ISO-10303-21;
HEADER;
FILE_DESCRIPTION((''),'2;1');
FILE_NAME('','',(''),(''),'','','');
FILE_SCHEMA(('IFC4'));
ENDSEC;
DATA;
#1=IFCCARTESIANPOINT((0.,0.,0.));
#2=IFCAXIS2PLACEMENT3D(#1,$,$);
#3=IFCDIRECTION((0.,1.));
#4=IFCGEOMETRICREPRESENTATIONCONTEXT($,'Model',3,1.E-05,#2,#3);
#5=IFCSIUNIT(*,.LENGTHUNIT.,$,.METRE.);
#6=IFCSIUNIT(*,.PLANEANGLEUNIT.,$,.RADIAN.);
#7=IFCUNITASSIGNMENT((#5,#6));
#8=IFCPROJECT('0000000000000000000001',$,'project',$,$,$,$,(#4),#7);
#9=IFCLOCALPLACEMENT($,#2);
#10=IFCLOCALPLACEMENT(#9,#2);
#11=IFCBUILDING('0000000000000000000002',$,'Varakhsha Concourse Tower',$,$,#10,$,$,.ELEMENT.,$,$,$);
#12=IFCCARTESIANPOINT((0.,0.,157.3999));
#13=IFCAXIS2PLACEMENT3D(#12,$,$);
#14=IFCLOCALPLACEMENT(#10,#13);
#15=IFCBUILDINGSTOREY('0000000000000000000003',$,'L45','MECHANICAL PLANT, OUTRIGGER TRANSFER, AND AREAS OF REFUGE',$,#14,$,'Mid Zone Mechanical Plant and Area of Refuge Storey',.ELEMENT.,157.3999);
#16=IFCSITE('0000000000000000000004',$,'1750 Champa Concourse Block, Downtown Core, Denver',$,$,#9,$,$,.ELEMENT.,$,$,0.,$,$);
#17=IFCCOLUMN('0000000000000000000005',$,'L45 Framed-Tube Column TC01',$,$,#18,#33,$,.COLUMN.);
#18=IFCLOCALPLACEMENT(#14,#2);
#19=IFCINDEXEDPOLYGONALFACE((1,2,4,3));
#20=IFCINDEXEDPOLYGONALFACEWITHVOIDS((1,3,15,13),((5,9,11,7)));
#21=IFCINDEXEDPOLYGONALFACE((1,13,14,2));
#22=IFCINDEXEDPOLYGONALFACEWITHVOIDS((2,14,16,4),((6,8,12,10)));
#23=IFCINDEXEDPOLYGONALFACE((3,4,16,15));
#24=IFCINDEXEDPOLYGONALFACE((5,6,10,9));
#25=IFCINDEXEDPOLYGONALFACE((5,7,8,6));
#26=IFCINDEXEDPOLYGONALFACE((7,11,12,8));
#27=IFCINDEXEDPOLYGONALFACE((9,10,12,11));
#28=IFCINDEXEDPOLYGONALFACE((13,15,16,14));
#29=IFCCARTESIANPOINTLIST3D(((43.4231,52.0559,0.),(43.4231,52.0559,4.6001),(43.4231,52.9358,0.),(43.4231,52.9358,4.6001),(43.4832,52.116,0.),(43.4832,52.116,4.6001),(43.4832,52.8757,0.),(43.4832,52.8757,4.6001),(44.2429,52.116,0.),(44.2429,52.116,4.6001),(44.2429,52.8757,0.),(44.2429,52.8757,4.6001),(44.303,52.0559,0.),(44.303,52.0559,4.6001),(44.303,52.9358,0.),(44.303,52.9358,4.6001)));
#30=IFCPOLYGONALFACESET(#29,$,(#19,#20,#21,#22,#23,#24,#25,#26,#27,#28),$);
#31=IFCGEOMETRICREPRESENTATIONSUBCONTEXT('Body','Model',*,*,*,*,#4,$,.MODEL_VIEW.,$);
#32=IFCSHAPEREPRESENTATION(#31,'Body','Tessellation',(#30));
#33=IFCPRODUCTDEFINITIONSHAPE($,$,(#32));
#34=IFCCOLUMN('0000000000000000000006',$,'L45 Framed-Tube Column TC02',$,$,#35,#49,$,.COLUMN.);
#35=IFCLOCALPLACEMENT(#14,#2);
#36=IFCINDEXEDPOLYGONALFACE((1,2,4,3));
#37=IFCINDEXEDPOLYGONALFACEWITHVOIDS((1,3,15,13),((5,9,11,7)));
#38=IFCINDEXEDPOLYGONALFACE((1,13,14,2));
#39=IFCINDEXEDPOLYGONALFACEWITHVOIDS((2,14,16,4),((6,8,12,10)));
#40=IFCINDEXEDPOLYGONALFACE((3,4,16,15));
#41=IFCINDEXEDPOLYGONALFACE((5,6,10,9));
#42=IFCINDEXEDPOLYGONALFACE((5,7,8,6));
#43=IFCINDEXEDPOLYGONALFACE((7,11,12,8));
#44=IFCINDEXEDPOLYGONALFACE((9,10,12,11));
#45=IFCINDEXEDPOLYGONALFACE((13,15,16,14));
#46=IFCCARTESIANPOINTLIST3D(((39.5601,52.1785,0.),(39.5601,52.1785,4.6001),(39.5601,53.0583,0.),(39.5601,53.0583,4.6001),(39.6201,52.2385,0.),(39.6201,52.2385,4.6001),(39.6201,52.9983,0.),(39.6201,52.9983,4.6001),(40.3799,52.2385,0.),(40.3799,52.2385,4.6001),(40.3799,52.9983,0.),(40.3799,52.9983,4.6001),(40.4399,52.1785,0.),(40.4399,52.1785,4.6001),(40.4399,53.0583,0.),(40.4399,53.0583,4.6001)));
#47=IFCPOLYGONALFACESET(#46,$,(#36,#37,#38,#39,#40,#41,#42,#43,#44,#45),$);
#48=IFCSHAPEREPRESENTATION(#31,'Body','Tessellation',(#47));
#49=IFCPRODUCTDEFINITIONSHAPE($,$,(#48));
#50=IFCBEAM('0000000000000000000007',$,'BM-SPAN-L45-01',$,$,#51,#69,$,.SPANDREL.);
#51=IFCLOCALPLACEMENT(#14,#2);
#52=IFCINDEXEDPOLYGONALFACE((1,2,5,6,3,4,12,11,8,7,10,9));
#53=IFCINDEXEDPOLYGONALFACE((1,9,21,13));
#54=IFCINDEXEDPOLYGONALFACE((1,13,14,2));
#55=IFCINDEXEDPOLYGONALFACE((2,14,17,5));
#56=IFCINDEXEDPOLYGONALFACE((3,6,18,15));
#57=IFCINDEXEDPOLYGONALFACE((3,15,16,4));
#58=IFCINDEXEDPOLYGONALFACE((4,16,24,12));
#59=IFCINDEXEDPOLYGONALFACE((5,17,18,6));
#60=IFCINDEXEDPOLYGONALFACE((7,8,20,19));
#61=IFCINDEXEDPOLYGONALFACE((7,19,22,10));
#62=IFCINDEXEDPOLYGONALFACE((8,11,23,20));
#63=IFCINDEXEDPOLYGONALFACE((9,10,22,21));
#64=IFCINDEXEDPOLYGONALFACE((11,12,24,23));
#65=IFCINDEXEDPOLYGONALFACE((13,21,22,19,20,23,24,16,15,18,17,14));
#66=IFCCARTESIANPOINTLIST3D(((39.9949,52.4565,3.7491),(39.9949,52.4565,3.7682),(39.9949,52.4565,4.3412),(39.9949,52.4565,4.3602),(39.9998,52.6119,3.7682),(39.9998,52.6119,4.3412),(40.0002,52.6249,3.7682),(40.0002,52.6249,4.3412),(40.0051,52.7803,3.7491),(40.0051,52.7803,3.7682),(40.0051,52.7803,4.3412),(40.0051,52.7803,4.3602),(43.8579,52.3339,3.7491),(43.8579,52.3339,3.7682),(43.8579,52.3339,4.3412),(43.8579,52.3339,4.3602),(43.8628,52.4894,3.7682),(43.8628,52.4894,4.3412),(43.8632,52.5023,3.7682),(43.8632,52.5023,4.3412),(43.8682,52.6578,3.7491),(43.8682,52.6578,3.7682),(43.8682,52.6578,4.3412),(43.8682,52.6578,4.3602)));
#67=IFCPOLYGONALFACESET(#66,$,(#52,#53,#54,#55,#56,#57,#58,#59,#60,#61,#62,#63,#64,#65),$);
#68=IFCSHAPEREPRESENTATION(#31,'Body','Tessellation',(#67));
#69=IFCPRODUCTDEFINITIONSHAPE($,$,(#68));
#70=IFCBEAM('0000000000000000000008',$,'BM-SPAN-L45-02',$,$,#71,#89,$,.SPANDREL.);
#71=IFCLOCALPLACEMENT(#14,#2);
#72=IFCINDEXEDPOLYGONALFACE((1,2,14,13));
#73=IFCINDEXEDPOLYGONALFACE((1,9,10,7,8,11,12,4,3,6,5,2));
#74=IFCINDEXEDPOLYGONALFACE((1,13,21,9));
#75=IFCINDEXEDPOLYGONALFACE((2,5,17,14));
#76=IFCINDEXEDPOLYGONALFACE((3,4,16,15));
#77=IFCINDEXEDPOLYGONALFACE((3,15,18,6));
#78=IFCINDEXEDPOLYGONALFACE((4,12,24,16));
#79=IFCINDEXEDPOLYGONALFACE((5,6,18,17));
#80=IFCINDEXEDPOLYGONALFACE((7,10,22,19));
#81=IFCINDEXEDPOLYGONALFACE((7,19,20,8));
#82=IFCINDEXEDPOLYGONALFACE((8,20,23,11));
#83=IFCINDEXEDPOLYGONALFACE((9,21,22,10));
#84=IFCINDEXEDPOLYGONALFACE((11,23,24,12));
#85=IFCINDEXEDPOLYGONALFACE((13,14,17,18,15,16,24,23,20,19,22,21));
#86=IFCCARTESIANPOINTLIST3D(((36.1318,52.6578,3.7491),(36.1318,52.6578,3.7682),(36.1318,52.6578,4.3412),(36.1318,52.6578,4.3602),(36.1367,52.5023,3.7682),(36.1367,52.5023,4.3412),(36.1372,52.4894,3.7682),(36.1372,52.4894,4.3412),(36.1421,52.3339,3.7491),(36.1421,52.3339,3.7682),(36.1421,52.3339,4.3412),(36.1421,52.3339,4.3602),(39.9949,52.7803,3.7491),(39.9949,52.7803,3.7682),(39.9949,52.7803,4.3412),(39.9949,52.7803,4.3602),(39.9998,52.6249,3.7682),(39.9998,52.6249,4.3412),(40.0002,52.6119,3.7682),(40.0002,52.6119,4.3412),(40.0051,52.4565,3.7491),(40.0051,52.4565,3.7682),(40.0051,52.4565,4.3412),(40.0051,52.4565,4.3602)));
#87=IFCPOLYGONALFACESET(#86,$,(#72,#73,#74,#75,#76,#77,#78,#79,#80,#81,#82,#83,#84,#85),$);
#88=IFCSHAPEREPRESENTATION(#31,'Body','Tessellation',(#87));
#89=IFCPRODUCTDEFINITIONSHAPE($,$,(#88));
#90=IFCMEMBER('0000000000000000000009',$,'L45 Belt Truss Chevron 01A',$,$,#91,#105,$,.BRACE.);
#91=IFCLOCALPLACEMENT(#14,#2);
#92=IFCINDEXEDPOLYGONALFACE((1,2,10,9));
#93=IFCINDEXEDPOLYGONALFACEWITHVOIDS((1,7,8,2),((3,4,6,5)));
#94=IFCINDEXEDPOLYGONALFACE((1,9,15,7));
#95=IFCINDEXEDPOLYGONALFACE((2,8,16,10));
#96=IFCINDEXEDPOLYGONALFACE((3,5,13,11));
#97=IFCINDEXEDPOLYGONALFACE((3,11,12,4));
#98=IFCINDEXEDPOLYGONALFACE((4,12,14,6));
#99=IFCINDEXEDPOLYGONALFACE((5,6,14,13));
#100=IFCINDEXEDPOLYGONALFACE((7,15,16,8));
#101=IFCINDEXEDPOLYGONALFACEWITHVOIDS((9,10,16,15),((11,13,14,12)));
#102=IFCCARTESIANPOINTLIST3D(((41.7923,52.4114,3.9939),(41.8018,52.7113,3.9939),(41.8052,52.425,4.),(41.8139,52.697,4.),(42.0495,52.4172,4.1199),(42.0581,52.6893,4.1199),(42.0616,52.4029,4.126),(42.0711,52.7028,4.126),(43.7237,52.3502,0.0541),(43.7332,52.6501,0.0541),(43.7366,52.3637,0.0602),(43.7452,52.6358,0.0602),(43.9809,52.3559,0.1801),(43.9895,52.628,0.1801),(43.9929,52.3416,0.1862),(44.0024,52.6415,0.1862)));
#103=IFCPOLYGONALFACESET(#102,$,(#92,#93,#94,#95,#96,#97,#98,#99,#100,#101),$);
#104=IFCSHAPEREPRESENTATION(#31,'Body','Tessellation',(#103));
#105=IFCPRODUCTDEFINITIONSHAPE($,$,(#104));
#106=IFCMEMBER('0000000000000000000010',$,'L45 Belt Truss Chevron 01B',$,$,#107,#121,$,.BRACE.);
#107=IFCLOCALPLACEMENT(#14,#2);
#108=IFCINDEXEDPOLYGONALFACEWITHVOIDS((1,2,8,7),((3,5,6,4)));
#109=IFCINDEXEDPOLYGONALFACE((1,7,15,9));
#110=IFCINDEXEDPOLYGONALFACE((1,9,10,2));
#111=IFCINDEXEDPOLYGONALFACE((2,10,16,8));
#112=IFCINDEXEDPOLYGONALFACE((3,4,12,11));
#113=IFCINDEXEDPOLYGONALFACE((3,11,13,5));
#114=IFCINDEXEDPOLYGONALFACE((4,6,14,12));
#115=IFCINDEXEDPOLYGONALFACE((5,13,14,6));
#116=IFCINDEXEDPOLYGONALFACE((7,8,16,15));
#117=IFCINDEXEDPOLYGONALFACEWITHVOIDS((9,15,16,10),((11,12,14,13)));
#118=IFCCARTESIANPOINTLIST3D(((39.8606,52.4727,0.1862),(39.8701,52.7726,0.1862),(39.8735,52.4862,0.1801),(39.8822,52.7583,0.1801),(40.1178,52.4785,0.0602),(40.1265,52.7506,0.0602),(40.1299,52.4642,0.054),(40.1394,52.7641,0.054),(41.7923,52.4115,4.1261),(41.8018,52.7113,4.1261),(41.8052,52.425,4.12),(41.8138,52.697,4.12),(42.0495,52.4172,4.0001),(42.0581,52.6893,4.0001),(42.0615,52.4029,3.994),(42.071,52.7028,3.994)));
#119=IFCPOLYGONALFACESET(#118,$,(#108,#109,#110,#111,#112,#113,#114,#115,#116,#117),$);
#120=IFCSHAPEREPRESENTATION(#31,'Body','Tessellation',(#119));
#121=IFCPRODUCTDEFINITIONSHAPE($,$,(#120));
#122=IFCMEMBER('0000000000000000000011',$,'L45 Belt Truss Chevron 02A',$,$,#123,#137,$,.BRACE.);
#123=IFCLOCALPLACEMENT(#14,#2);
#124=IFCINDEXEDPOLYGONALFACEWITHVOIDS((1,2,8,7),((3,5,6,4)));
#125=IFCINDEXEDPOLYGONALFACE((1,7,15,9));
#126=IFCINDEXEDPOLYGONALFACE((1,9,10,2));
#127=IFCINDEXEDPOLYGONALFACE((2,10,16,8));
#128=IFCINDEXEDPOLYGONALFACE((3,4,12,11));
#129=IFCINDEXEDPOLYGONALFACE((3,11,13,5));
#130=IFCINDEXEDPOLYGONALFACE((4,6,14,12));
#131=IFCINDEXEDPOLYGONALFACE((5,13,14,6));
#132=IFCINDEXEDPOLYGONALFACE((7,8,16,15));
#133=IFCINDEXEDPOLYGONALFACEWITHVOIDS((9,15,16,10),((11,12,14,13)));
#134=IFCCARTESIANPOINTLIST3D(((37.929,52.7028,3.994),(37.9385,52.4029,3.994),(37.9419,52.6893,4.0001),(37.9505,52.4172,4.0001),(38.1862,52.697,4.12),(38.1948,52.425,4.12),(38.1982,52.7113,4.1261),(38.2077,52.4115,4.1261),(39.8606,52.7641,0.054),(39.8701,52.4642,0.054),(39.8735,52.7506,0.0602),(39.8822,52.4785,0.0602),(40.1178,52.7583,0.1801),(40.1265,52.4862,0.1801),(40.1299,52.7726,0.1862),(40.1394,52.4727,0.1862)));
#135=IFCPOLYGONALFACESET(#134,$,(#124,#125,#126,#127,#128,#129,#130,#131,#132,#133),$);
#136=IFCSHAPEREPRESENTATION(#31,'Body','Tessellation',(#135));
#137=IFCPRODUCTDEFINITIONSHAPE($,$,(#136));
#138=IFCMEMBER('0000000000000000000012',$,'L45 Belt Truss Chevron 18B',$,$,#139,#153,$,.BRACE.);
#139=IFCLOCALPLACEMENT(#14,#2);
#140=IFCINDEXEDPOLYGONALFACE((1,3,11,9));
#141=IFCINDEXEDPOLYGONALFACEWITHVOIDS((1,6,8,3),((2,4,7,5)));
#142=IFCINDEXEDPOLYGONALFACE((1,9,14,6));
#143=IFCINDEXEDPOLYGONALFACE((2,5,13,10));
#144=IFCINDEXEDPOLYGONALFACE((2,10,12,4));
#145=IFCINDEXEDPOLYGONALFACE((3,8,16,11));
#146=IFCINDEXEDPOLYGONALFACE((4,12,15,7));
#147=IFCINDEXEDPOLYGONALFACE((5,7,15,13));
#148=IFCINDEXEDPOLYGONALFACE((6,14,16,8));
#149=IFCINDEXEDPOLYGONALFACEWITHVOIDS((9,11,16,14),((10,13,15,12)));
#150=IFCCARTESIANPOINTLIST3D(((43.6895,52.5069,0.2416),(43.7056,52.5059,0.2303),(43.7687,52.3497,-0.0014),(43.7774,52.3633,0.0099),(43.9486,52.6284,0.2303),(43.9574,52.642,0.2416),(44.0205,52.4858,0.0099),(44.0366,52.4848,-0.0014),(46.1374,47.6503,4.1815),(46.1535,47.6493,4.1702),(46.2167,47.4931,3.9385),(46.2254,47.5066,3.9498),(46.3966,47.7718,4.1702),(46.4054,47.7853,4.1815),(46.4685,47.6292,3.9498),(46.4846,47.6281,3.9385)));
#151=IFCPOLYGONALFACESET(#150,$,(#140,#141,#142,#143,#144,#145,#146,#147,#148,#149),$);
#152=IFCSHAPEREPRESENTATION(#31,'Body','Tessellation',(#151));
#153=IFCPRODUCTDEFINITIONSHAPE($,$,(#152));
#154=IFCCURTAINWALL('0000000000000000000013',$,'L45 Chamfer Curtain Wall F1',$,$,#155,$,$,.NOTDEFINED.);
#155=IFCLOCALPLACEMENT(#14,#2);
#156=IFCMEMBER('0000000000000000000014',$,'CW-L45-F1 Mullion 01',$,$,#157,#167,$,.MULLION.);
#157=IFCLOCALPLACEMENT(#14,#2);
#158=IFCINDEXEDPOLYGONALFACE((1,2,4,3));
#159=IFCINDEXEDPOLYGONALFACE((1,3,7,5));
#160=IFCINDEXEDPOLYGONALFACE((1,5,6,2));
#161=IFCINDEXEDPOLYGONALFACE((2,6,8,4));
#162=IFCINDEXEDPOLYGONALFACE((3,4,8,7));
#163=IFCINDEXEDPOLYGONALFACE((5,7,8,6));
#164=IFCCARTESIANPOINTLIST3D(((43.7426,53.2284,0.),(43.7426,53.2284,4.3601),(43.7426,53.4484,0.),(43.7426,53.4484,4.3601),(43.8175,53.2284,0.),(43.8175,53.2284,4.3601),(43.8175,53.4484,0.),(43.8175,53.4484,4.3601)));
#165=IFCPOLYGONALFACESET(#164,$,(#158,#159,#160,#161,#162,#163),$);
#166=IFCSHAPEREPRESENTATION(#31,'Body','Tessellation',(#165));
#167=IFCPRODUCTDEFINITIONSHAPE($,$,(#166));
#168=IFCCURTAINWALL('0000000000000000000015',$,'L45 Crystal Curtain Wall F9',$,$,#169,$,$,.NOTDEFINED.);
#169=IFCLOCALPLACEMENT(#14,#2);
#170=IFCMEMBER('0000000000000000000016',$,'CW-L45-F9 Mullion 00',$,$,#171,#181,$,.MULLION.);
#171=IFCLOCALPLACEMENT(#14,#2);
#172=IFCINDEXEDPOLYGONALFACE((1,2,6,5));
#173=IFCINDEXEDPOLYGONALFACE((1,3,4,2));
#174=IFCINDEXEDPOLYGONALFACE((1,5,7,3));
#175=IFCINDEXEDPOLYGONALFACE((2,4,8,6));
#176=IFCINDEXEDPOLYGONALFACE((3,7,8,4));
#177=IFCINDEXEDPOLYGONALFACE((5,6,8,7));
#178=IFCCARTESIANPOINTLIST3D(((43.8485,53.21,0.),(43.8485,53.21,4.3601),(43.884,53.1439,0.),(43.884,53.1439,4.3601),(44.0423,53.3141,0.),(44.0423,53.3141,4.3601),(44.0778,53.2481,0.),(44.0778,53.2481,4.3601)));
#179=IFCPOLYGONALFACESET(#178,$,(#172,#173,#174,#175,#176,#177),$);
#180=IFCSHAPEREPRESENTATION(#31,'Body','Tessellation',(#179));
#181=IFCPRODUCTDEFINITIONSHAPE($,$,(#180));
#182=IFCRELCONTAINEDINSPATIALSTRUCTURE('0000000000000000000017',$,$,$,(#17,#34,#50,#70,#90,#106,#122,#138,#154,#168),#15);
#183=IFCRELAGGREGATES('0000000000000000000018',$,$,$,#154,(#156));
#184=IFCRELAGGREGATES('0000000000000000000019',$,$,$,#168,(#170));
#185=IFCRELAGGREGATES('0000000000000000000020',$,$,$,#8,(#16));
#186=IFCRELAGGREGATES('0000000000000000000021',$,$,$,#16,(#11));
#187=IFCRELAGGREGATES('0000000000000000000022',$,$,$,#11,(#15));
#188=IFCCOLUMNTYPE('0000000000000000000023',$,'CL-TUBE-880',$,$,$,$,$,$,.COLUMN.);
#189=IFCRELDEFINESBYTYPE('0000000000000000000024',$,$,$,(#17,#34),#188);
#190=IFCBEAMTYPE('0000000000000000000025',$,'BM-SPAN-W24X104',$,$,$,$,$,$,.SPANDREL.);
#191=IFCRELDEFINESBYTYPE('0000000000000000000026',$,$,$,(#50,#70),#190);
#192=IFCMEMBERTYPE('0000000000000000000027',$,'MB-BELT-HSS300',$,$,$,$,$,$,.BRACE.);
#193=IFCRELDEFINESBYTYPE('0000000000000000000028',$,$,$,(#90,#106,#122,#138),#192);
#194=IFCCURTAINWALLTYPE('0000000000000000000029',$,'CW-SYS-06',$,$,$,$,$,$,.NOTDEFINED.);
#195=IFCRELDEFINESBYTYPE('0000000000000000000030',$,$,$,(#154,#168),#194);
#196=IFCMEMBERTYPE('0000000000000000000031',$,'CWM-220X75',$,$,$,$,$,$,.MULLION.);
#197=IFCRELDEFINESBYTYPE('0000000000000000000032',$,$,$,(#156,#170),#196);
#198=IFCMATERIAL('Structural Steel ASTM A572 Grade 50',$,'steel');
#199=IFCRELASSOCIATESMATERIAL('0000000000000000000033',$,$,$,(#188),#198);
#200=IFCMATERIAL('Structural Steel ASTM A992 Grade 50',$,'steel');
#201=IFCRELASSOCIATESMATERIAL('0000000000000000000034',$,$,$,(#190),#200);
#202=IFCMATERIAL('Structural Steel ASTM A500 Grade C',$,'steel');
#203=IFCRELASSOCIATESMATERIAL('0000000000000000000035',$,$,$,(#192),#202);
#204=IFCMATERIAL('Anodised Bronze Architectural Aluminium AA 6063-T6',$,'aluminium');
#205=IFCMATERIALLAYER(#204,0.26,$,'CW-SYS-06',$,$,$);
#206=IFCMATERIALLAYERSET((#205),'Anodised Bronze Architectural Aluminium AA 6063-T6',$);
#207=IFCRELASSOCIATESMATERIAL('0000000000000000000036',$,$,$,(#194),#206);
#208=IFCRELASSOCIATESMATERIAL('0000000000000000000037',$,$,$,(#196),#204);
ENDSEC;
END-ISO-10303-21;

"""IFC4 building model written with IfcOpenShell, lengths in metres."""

from ifc_helpers import new_model, si_unit, direction, frame, origin, origin_2d, place, context, subcontext, project, spatial, rectangle, hollow_rectangle, i_section, extrude, source, transform, mapped, material, layer, layer_set, material_profile, profile_set, type_object, type_shapes, element, aggregate, save


model = new_model("IFC4")

# Units and contexts
model_context = context("Model", 3, precision=1e-05, world=origin(), true_north=direction((0.0, 1.0)))
body_context = subcontext(model_context, "Body", "Model", "MODEL_VIEW")
ifc_project = project(units=[si_unit("LENGTHUNIT", "METRE"), si_unit("PLANEANGLEUNIT", "RADIAN")], contexts=[model_context])

# Site, building, storey
site_placement = place(None, origin())
site = spatial("IfcSite", under=ifc_project, at=site_placement, Name="1750 Champa Concourse Block, Downtown Core, Denver", CompositionType="ELEMENT", RefElevation=0.0)
building_placement = place(site_placement, origin())
building = spatial("IfcBuilding", under=site, at=building_placement, Name="Varakhsha Concourse Tower", CompositionType="ELEMENT")
storey_placement = place(building_placement, frame((0.0, 0.0, 157.3999)))
storey = spatial("IfcBuildingStorey", under=building, at=storey_placement, Name="L45", Description="MECHANICAL PLANT, OUTRIGGER TRANSFER, AND AREAS OF REFUGE", LongName="Mid Zone Mechanical Plant and Area of Refuge Storey", CompositionType="ELEMENT", Elevation=157.3999)

# Columns
ifc_material_1 = material(Name="Structural Steel ASTM A572 Grade 50", Category="steel")
ifc_material_profile_1 = material_profile(ifc_material_1, hollow_rectangle(XDim=0.8799, YDim=0.8799, WallThickness=0.0601, at=origin_2d()), Name="BOX 880x880x60")
ifc_profile_set_1 = profile_set([ifc_material_profile_1], Name="Structural Steel ASTM A572 Grade 50")
column_type = type_object("IfcColumnType", Name="CL-TUBE-880", PredefinedType="COLUMN", material=ifc_profile_set_1)
for number, where, z_axis, x_axis, name in (
    (1, (43.863, 52.4958, 0.0), (0.0, 0.0, 1.0), (1.0, 0.0, 0.0), "L45 Framed-Tube Column TC01"),
    (2, (40.0, 52.6184, 0.0), (0.0, 0.0, 1.0), (1.0, 0.0, 0.0), "L45 Framed-Tube Column TC02"),
):
    element("IfcColumn", number, at=place(storey_placement, frame(where, z_axis=z_axis, x_axis=x_axis)), inside=storey, type_object=column_type, Name=name, PredefinedType="COLUMN", context=body_context, shape_type="SweptSolid", body=[
        extrude(hollow_rectangle(XDim=0.8799, YDim=0.8799, WallThickness=0.0601, at=origin_2d()), origin(), (0.0, 0.0, 1.0), 4.6001),
    ])

# Beams
ifc_material_2 = material(Name="Structural Steel ASTM A992 Grade 50", Category="steel")
ifc_material_profile_2 = material_profile(ifc_material_2, i_section(OverallWidth=0.324, OverallDepth=0.6111, WebThickness=0.0129, FlangeThickness=0.019, at=origin_2d()), Name="W24X104")
ifc_profile_set_2 = profile_set([ifc_material_profile_2], Name="Structural Steel ASTM A992 Grade 50")
beam_type = type_object("IfcBeamType", Name="BM-SPAN-W24X104", PredefinedType="SPANDREL", material=ifc_profile_set_2)
for number, where, z_axis, x_axis, name in (
    (3, (43.863, 52.4958, 4.0547), (-0.999497, 0.03171, 0.0), (-0.03171, -0.999497, 0.0), "BM-SPAN-L45-01"),
    (4, (40.0, 52.6184, 4.0547), (-0.999497, -0.03171, 0.0), (0.03171, -0.999497, 0.0), "BM-SPAN-L45-02"),
):
    element("IfcBeam", number, at=place(storey_placement, frame(where, z_axis=z_axis, x_axis=x_axis)), inside=storey, type_object=beam_type, Name=name, PredefinedType="SPANDREL", context=body_context, shape_type="SweptSolid", body=[
        extrude(i_section(OverallWidth=0.324, OverallDepth=0.6111, WebThickness=0.0129, FlangeThickness=0.019, at=origin_2d()), origin(), (0.0, 0.0, 1.0), 3.865),
    ])

# Members
ifc_material_3 = material(Name="Structural Steel ASTM A500 Grade C", Category="steel")
ifc_material_profile_3 = material_profile(ifc_material_3, hollow_rectangle(XDim=0.3, YDim=0.3, WallThickness=0.0139, at=origin_2d()), Name="HSS 300x300x14")
ifc_profile_set_3 = profile_set([ifc_material_profile_3], Name="Structural Steel ASTM A500 Grade C")
member_type_1 = type_object("IfcMemberType", Name="MB-BELT-HSS300", PredefinedType="BRACE", material=ifc_profile_set_3)
shared_shape_1 = source(origin(), body_context, "Body", "SweptSolid", [
    extrude(hollow_rectangle(XDim=0.3, YDim=0.3, WallThickness=0.0139, at=origin_2d()), origin(), (0.0, 0.0, 1.0), 4.3882),
])
member_1_placement = place(storey_placement, frame((43.863, 52.4958, 0.1201), z_axis=(-0.440124, 0.013964, 0.897828), x_axis=(-0.031712, -0.999497, 0.0)))
element("IfcMember", 5, at=member_1_placement, inside=storey, type_object=member_type_1, Name="L45 Belt Truss Chevron 01A", PredefinedType="BRACE", context=body_context, shape_type="MappedRepresentation", body=[
    mapped(shared_shape_1, transform((0.0, 0.0, 0.0), scale=1.0)),
])
shared_shape_2 = source(origin(), body_context, "Body", "SweptSolid", [
    extrude(hollow_rectangle(XDim=0.3, YDim=0.3, WallThickness=0.0139, at=origin_2d()), origin(), (0.0, 0.0, 1.0), 4.3884),
])
for number, where, z_axis, x_axis, name in (
    (6, (40.0, 52.6184, 0.1201), (0.440169, -0.013964, 0.897806), (0.031708, 0.999497, 0.0), "L45 Belt Truss Chevron 01B"),
    (7, (40.0, 52.6184, 0.1201), (-0.440169, -0.013964, 0.897806), (0.031708, -0.999497, 0.0), "L45 Belt Truss Chevron 02A"),
):
    element("IfcMember", number, at=place(storey_placement, frame(where, z_axis=z_axis, x_axis=x_axis)), inside=storey, type_object=member_type_1, Name=name, PredefinedType="BRACE", context=body_context, shape_type="MappedRepresentation", body=[
        mapped(shared_shape_2, transform((0.0, 0.0, 0.0), scale=1.0)),
    ])
shared_shape_3 = source(origin(), body_context, "Body", "SweptSolid", [
    extrude(hollow_rectangle(XDim=0.3, YDim=0.3, WallThickness=0.0139, at=origin_2d()), origin(), (0.0, 0.0, 1.0), 6.7158),
])
type_shapes(member_type_1, [shared_shape_1, shared_shape_2, shared_shape_3])
member_2_placement = place(storey_placement, frame((43.863, 52.4958, 0.1201), z_axis=(0.364508, -0.723163, 0.586659), x_axis=(0.892977, 0.450102, 0.0)))
element("IfcMember", 8, at=member_2_placement, inside=storey, type_object=member_type_1, Name="L45 Belt Truss Chevron 18B", PredefinedType="BRACE", context=body_context, shape_type="MappedRepresentation", body=[
    mapped(shared_shape_3, transform((0.0, 0.0, 0.0), scale=1.0)),
])

# Curtain wall, member
ifc_material_4 = material(Name="Anodised Bronze Architectural Aluminium AA 6063-T6", Category="aluminium")
ifc_layer_1 = layer(ifc_material_4, 0.26, Name="CW-SYS-06")
ifc_layer_set_1 = layer_set([ifc_layer_1], Name="Anodised Bronze Architectural Aluminium AA 6063-T6")
curtain_wall_type = type_object("IfcCurtainWallType", Name="CW-SYS-06", PredefinedType="NOTDEFINED", material=ifc_layer_set_1)
curtain_wall_1_placement = place(storey_placement, origin())
curtain_wall_1 = element("IfcCurtainWall", 9, at=curtain_wall_1_placement, inside=storey, type_object=curtain_wall_type, Name="L45 Chamfer Curtain Wall F1", PredefinedType="NOTDEFINED")
ifc_material_profile_4 = material_profile(ifc_material_4, rectangle(XDim=0.075, YDim=0.22, at=origin_2d()), Name="CWM-220X75")
ifc_profile_set_4 = profile_set([ifc_material_profile_4], Name="Anodised Bronze Architectural Aluminium AA 6063-T6")
member_type_2 = type_object("IfcMemberType", Name="CWM-220X75", PredefinedType="MULLION", material=ifc_profile_set_4)
shared_shape_4 = source(origin(), body_context, "Body", "SweptSolid", [
    extrude(rectangle(XDim=0.075, YDim=0.22, at=origin_2d()), origin(), (0.0, 0.0, 1.0), 4.3601),
])
type_shapes(member_type_2, [shared_shape_4])
member_3_placement = place(storey_placement, frame((43.78, 53.3384, 0.0), z_axis=(0.0, 0.0, 1.0), x_axis=(1.0, 0.0, 0.0)))
member_3 = element("IfcMember", 10, at=member_3_placement, type_object=member_type_2, Name="CW-L45-F1 Mullion 01", PredefinedType="MULLION", context=body_context, shape_type="MappedRepresentation", body=[
    mapped(shared_shape_4, transform((0.0, 0.0, 0.0), scale=1.0)),
])

# Curtain wall, member
curtain_wall_2_placement = place(storey_placement, origin())
curtain_wall_2 = element("IfcCurtainWall", 11, at=curtain_wall_2_placement, inside=storey, type_object=curtain_wall_type, Name="L45 Crystal Curtain Wall F9", PredefinedType="NOTDEFINED")
member_4_placement = place(storey_placement, frame((43.9631, 53.229, 0.0), z_axis=(0.0, 0.0, 1.0), x_axis=(0.473335, -0.880882, 0.0)))
member_4 = element("IfcMember", 12, at=member_4_placement, type_object=member_type_2, Name="CW-L45-F9 Mullion 00", PredefinedType="MULLION", context=body_context, shape_type="MappedRepresentation", body=[
    mapped(shared_shape_4, transform((0.0, 0.0, 0.0), scale=1.0)),
])

aggregate(curtain_wall_1, [member_3])
aggregate(curtain_wall_2, [member_4])

save(model, "model.ifc")
